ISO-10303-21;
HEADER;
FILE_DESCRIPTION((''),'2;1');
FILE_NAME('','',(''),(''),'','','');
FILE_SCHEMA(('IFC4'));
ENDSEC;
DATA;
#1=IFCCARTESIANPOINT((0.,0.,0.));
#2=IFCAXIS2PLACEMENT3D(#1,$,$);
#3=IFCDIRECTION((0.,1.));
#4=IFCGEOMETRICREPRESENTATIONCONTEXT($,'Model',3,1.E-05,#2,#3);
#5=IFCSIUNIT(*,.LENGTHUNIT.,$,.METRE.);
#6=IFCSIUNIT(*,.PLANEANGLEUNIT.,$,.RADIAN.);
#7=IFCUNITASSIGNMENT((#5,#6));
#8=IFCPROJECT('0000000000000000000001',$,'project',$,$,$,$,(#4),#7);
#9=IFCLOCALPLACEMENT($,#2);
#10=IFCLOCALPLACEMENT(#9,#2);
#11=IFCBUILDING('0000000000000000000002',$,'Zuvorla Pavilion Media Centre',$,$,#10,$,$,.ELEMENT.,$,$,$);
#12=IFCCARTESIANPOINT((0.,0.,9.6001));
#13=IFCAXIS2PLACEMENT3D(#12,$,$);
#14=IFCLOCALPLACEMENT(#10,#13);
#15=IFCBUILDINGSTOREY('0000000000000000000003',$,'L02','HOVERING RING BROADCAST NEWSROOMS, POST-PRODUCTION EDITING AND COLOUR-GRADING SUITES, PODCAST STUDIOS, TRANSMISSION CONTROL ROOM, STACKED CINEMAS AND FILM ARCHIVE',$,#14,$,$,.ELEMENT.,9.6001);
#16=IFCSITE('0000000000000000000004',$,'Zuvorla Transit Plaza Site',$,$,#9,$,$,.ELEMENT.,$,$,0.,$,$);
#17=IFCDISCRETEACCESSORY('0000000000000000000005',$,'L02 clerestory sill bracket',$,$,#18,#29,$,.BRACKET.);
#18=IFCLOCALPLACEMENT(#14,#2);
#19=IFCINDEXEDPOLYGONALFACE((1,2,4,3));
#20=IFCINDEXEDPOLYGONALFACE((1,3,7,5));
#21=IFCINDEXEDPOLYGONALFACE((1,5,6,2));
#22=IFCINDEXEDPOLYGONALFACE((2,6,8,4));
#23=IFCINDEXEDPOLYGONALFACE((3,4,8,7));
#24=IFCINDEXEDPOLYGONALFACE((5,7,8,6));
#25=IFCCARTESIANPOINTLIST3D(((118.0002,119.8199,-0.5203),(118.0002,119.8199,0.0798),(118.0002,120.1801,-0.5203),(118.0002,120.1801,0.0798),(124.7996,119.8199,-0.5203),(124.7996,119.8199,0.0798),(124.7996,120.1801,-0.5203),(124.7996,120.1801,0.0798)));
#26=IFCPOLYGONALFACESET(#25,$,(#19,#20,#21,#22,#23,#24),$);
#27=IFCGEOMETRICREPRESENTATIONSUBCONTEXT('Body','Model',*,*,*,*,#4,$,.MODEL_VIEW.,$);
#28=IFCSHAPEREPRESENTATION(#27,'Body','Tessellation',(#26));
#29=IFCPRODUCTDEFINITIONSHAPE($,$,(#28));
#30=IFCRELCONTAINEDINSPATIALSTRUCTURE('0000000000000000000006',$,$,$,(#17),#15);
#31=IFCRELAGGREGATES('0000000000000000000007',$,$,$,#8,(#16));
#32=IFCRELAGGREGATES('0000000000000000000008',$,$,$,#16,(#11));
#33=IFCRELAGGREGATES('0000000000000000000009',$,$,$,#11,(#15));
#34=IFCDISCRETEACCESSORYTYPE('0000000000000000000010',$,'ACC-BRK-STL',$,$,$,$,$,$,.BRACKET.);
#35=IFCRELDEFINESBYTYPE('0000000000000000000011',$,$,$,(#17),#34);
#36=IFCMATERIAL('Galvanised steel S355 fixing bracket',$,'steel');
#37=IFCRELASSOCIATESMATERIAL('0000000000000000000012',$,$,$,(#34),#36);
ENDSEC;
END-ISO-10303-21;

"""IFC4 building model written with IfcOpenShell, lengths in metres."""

from ifc_helpers import new_model, si_unit, direction, frame, origin, origin_2d, place, context, subcontext, project, spatial, rectangle, extrude, material, type_object, element, save


model = new_model("IFC4")

# Units and contexts
model_context = context("Model", 3, precision=1e-05, world=origin(), true_north=direction((0.0, 1.0)))
body_context = subcontext(model_context, "Body", "Model", "MODEL_VIEW")
ifc_project = project(units=[si_unit("LENGTHUNIT", "METRE"), si_unit("PLANEANGLEUNIT", "RADIAN")], contexts=[model_context])

# Site, building, storey
site_placement = place(None, origin())
site = spatial("IfcSite", under=ifc_project, at=site_placement, Name="Zuvorla Transit Plaza Site", CompositionType="ELEMENT", RefElevation=0.0)
building_placement = place(site_placement, origin())
building = spatial("IfcBuilding", under=site, at=building_placement, Name="Zuvorla Pavilion Media Centre", CompositionType="ELEMENT")
storey_placement = place(building_placement, frame((0.0, 0.0, 9.6001)))
storey = spatial("IfcBuildingStorey", under=building, at=storey_placement, Name="L02", Description="HOVERING RING BROADCAST NEWSROOMS, POST-PRODUCTION EDITING AND COLOUR-GRADING SUITES, PODCAST STUDIOS, TRANSMISSION CONTROL ROOM, STACKED CINEMAS AND FILM ARCHIVE", CompositionType="ELEMENT", Elevation=9.6001)

# Discrete accessory
ifc_material_1 = material(Name="Galvanised steel S355 fixing bracket", Category="steel")
discrete_accessory_type = type_object("IfcDiscreteAccessoryType", Name="ACC-BRK-STL", PredefinedType="BRACKET", material=ifc_material_1)
discrete_accessory_placement = place(storey_placement, frame((121.3999, 120.0, -0.5203), z_axis=(0.0, 0.0, 1.0), x_axis=(1.0, 0.0, 0.0)))
element("IfcDiscreteAccessory", 1, at=discrete_accessory_placement, inside=storey, type_object=discrete_accessory_type, Name="L02 clerestory sill bracket", PredefinedType="BRACKET", context=body_context, shape_type="SweptSolid", body=[
    extrude(rectangle(XDim=6.7993, YDim=0.3601, at=origin_2d()), origin(), (0.0, 0.0, 1.0), 0.6001),
])

save(model, "model.ifc")
